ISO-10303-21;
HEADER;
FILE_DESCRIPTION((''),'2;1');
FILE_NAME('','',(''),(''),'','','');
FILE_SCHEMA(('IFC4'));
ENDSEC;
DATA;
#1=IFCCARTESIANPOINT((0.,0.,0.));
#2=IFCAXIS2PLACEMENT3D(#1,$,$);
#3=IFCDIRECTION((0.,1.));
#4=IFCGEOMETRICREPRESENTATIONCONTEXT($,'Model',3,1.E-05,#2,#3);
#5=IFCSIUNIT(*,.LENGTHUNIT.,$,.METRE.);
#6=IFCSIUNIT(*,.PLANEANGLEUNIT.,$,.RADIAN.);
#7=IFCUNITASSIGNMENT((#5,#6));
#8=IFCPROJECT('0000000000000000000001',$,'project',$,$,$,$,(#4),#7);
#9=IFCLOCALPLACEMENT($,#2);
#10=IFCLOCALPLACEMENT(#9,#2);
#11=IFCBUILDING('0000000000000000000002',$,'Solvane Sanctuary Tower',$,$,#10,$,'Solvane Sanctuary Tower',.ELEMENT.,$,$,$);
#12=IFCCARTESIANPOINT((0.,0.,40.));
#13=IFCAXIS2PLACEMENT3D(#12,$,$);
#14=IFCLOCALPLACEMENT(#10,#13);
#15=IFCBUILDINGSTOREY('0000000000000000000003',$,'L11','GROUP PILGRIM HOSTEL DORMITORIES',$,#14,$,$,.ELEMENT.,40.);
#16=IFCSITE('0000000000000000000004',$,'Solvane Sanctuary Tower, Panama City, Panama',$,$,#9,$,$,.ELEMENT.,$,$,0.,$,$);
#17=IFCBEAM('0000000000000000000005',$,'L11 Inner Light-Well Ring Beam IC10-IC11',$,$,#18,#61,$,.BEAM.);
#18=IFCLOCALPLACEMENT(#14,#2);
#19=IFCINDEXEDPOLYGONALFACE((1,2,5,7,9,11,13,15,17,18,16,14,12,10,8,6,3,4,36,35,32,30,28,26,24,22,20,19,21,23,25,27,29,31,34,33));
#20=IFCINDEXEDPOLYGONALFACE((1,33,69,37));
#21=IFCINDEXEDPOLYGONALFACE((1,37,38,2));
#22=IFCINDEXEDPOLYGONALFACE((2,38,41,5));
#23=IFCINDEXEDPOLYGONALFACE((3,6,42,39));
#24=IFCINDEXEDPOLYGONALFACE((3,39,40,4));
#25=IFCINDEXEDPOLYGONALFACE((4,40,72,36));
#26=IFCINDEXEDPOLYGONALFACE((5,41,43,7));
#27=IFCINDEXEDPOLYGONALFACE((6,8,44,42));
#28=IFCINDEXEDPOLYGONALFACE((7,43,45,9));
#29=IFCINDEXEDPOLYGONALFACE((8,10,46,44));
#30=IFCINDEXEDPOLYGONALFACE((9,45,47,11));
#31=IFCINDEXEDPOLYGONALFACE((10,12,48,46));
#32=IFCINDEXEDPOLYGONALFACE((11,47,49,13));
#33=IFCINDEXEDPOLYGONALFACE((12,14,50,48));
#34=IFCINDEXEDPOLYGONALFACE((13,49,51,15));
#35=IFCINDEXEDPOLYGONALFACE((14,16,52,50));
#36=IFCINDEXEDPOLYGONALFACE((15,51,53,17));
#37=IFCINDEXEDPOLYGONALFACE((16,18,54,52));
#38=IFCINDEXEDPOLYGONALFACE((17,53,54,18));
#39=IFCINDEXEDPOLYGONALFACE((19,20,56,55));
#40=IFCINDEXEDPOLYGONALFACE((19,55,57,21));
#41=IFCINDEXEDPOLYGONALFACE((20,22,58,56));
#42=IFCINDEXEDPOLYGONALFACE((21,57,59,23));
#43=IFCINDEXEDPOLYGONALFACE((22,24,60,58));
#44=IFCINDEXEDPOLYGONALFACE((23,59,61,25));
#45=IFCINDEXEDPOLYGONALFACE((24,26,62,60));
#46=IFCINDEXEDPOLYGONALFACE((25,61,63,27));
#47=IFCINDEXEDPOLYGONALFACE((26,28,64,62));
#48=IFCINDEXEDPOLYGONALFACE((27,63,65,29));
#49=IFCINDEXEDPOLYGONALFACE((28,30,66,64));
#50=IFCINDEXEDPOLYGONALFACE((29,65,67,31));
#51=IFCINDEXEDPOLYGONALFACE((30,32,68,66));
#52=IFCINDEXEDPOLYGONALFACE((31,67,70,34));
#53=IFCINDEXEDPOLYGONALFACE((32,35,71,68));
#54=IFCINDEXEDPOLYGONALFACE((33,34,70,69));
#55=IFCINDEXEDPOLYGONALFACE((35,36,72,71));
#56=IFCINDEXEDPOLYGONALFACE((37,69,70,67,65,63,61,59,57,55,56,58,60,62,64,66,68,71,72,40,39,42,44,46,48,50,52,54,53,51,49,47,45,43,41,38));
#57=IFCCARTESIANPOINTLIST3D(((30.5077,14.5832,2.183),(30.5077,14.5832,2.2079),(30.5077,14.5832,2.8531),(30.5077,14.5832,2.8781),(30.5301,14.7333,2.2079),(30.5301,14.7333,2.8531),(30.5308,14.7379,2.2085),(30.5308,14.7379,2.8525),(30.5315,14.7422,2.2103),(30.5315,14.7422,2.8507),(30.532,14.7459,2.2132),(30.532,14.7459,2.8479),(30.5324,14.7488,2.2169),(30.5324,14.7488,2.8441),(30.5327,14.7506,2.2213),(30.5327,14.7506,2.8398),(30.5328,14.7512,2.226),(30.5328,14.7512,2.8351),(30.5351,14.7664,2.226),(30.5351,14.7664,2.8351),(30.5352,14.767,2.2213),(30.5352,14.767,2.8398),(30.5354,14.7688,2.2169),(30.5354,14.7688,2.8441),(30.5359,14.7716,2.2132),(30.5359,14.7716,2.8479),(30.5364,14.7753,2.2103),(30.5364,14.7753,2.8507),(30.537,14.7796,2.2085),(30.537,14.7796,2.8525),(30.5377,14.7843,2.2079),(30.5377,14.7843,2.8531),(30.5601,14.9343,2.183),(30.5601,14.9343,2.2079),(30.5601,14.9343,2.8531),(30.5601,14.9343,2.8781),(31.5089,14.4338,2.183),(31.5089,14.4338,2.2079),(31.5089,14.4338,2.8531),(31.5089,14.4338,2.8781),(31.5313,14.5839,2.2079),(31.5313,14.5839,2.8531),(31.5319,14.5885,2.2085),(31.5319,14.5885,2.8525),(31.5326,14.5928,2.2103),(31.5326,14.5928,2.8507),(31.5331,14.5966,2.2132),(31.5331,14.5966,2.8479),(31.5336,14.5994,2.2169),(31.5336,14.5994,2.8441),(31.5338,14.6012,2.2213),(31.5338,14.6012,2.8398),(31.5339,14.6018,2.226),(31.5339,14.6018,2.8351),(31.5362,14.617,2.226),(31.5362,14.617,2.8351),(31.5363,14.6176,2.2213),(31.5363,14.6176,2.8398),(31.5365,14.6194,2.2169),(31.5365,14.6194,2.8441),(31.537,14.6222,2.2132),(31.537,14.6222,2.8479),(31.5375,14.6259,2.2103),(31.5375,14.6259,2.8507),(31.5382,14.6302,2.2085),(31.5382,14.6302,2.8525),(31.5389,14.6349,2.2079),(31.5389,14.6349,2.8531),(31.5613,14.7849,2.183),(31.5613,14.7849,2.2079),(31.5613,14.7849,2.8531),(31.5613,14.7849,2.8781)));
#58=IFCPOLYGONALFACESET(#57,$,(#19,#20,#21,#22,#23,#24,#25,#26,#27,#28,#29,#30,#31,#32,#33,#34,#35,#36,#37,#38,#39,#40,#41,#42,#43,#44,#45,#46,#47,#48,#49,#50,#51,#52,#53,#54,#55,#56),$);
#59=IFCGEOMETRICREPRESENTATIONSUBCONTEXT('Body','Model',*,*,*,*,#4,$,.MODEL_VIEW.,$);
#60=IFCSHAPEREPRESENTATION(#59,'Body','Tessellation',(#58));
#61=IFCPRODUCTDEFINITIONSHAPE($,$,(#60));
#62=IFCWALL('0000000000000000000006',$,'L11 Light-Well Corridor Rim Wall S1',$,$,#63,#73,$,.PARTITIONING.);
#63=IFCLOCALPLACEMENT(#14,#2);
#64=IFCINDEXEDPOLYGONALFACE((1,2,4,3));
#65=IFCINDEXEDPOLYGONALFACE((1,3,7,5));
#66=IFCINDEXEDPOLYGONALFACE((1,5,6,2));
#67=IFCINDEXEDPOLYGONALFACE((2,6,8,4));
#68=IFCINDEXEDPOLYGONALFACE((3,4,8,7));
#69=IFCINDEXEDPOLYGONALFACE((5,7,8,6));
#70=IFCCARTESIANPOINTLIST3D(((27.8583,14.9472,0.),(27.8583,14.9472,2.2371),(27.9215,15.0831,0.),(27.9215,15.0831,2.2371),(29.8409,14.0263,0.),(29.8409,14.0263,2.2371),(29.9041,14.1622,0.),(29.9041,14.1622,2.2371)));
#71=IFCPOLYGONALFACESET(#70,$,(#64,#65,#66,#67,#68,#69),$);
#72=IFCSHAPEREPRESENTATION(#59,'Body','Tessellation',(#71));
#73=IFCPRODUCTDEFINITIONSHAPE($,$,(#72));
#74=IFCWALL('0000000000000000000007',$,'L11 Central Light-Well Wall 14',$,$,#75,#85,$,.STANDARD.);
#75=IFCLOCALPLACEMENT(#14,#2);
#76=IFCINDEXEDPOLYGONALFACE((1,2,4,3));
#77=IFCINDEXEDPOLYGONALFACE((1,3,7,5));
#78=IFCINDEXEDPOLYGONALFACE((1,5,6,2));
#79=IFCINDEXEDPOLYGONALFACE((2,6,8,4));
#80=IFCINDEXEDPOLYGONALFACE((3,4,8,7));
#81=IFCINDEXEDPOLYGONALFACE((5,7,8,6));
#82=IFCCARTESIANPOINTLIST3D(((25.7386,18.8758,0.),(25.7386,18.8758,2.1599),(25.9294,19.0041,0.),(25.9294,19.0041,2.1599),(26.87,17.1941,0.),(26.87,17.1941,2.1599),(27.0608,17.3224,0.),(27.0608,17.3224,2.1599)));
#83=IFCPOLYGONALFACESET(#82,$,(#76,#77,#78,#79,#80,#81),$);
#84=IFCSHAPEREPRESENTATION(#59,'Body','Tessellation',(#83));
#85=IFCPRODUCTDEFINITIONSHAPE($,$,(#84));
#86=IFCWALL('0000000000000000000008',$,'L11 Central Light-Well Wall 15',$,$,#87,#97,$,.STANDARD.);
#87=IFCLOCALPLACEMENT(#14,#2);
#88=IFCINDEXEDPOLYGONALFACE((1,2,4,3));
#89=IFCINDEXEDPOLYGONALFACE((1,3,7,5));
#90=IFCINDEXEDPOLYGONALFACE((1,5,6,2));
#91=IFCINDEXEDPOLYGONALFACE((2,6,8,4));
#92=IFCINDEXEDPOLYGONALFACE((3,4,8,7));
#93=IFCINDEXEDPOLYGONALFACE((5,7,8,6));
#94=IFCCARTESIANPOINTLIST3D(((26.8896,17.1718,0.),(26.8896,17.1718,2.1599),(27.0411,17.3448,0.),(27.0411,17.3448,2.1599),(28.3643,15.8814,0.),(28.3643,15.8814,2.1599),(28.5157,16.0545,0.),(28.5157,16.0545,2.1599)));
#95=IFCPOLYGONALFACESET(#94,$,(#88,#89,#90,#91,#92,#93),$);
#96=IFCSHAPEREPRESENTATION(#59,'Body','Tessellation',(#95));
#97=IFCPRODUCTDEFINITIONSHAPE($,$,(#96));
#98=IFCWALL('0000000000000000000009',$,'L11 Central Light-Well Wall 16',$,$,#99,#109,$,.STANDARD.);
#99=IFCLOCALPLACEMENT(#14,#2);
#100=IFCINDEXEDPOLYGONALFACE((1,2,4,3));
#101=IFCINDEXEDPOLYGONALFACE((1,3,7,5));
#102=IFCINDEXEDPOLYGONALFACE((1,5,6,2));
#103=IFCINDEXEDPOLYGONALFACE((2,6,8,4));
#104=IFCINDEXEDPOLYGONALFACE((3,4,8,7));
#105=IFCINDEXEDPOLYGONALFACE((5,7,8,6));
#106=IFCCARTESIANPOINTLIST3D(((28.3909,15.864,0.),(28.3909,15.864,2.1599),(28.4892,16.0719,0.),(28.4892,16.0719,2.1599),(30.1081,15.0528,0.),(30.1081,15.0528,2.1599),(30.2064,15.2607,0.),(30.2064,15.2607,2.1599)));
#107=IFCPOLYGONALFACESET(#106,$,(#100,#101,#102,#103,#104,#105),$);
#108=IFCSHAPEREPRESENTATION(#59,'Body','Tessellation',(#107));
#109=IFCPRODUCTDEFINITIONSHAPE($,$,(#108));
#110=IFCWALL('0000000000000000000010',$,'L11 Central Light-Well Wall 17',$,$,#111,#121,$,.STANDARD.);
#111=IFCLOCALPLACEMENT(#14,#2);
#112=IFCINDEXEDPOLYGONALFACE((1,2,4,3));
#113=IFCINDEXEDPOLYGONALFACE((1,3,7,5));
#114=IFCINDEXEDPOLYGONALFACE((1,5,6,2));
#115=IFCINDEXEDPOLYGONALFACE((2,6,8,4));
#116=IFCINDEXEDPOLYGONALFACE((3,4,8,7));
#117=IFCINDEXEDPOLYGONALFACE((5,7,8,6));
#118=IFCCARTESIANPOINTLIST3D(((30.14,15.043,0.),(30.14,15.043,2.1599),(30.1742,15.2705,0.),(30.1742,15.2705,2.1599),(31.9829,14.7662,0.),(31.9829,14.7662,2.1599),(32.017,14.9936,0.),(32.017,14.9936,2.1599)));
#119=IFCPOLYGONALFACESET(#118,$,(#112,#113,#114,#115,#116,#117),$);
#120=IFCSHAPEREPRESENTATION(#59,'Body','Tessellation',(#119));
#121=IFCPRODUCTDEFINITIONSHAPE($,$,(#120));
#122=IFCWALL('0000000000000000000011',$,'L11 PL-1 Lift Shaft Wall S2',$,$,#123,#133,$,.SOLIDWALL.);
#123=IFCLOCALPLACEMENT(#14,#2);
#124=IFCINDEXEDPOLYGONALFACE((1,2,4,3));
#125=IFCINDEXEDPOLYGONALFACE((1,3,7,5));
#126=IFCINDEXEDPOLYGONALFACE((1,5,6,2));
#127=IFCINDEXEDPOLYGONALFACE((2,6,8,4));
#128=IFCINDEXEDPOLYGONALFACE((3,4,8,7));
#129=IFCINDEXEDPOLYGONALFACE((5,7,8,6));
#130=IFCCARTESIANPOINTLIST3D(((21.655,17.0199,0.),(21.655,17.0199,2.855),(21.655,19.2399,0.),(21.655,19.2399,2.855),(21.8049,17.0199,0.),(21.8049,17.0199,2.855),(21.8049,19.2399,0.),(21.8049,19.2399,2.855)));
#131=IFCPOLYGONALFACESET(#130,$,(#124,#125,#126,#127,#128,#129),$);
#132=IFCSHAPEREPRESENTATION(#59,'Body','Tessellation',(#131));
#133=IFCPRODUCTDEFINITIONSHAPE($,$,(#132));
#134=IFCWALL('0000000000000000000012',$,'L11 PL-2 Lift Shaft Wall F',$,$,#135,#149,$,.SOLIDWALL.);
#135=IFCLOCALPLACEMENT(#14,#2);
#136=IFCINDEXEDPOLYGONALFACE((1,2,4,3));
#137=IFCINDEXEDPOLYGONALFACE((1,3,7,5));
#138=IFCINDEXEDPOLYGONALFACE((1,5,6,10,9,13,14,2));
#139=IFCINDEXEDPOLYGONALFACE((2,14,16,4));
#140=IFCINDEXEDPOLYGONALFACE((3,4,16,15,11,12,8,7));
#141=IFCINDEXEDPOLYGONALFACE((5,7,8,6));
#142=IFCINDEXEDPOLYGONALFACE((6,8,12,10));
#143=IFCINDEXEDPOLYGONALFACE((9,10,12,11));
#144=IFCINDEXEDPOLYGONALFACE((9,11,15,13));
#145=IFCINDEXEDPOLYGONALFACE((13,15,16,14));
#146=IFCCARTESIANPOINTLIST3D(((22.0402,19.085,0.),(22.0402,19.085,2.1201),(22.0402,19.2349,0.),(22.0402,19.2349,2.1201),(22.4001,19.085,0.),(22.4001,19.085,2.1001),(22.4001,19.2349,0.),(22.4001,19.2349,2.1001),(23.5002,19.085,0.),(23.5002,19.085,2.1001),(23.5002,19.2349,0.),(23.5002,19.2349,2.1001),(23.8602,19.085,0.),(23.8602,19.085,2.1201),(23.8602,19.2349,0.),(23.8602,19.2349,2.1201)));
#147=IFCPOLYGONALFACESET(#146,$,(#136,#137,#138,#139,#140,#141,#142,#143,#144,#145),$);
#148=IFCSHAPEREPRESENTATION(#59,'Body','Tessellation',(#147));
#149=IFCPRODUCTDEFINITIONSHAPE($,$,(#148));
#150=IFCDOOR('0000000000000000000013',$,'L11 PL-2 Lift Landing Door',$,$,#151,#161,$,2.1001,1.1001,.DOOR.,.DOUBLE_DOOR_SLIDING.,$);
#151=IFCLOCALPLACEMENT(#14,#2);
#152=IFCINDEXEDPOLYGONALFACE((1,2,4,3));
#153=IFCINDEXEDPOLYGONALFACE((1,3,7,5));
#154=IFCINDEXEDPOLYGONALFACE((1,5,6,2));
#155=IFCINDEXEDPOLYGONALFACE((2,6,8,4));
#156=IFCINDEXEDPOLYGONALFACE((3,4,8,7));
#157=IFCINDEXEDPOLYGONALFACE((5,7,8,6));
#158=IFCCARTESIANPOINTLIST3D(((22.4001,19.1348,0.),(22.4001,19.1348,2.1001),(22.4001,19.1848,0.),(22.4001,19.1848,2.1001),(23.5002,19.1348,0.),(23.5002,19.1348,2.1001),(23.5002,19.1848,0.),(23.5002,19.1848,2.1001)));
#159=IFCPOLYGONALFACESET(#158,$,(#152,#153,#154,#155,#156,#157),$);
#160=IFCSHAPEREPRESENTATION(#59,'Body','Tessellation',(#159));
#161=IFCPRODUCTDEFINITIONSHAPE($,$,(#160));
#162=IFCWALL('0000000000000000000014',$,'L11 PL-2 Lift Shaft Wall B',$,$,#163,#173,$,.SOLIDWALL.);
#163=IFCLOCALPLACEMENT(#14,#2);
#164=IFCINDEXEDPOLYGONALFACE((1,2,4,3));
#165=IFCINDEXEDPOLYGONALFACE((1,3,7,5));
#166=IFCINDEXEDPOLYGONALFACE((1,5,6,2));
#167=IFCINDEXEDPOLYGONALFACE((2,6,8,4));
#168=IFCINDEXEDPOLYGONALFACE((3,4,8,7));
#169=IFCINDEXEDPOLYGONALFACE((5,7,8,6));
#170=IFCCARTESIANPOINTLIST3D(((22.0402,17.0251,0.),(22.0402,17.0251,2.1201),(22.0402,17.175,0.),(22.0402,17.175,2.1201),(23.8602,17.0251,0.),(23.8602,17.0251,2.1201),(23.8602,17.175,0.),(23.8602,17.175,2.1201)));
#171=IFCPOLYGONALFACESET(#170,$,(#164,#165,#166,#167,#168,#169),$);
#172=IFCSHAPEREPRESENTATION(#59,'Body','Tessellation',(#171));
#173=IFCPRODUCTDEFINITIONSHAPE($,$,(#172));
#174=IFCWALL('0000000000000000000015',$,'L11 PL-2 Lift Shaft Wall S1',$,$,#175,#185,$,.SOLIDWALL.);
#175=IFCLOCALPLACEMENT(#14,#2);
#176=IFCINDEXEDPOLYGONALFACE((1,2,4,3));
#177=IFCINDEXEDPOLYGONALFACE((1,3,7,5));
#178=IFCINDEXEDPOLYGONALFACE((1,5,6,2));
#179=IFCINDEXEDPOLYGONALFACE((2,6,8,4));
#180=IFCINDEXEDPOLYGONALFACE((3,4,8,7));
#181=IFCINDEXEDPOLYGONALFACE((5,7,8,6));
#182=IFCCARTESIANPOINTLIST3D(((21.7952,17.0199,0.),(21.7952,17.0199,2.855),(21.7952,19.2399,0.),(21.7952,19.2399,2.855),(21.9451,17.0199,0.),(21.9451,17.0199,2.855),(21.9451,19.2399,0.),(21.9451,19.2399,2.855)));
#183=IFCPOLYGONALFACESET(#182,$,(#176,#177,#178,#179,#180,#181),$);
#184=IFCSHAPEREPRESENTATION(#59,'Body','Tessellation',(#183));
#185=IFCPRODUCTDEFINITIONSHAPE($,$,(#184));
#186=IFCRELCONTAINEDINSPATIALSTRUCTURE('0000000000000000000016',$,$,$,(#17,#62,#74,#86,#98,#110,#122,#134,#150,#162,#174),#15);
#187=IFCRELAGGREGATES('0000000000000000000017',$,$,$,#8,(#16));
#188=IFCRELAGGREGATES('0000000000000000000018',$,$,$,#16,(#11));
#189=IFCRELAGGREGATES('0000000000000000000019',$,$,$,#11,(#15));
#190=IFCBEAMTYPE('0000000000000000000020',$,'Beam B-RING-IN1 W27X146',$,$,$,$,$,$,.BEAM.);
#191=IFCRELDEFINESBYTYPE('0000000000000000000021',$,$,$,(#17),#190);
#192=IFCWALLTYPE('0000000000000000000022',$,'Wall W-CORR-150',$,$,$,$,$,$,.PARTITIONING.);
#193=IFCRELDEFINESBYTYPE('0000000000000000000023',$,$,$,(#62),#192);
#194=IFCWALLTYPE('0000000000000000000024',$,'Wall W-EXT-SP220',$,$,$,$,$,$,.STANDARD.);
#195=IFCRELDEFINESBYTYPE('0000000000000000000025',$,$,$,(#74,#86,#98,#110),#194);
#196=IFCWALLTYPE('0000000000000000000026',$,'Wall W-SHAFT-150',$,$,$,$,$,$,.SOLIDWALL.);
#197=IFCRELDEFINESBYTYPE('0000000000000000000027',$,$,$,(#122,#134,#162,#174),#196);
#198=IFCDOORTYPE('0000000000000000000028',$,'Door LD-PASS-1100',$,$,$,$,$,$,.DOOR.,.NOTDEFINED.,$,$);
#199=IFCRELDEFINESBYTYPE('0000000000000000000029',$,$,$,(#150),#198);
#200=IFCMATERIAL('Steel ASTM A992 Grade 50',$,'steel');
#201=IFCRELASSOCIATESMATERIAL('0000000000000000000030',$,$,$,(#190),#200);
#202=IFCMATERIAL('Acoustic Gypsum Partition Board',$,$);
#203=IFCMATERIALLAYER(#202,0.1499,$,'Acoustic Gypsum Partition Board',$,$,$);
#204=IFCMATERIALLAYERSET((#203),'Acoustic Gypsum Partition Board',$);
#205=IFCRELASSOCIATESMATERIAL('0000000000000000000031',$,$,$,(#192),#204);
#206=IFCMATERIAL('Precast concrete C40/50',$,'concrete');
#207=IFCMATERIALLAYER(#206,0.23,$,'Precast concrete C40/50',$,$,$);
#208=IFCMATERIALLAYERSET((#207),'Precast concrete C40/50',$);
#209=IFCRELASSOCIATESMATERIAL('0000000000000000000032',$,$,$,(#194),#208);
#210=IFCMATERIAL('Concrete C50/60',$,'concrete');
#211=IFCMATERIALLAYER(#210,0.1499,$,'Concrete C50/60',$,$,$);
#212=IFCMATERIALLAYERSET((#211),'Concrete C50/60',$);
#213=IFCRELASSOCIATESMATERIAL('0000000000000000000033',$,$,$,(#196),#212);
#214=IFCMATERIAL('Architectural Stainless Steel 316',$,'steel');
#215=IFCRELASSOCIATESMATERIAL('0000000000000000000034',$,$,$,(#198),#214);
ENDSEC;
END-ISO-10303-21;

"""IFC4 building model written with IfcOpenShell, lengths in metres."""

from ifc_helpers import new_model, si_unit, direction, frame, frame_2d, origin, origin_2d, place, context, subcontext, project, spatial, rectangle, i_section, extrude, material, layer, layer_set, material_profile, profile_set, type_object, element, fill, save


model = new_model("IFC4")

# Units and contexts
model_context = context("Model", 3, precision=1e-05, world=origin(), true_north=direction((0.0, 1.0)))
body_context = subcontext(model_context, "Body", "Model", "MODEL_VIEW")
ifc_project = project(units=[si_unit("LENGTHUNIT", "METRE"), si_unit("PLANEANGLEUNIT", "RADIAN")], contexts=[model_context])

# Site, building, storey
site_placement = place(None, origin())
site = spatial("IfcSite", under=ifc_project, at=site_placement, Name="Solvane Sanctuary Tower, Panama City, Panama", CompositionType="ELEMENT", RefElevation=0.0)
building_placement = place(site_placement, origin())
building = spatial("IfcBuilding", under=site, at=building_placement, Name="Solvane Sanctuary Tower", LongName="Solvane Sanctuary Tower", CompositionType="ELEMENT")
storey_placement = place(building_placement, frame((0.0, 0.0, 40.0)))
storey = spatial("IfcBuildingStorey", under=building, at=storey_placement, Name="L11", Description="GROUP PILGRIM HOSTEL DORMITORIES", CompositionType="ELEMENT", Elevation=40.0)

# Beam
ifc_material_1 = material(Name="Steel ASTM A992 Grade 50", Category="steel")
ifc_material_profile_1 = material_profile(ifc_material_1, i_section(OverallWidth=0.355, OverallDepth=0.6951, WebThickness=0.0154, FlangeThickness=0.0249, FilletRadius=0.0181, at=origin_2d()), Name="W27X146")
ifc_profile_set_1 = profile_set([ifc_material_profile_1], Name="Steel ASTM A992 Grade 50")
beam_type_1 = type_object("IfcBeamType", Name="Beam B-RING-IN1 W27X146", PredefinedType="BEAM", material=ifc_profile_set_1)
beam_1_placement = place(storey_placement, frame((30.5339, 14.7588, 2.5305), z_axis=(0.989048, -0.147597, 0.0), x_axis=(0.147597, 0.989048, 0.0)))
element("IfcBeam", 1, at=beam_1_placement, inside=storey, type_object=beam_type_1, Name="L11 Inner Light-Well Ring Beam IC10-IC11", PredefinedType="BEAM", context=body_context, shape_type="SweptSolid", body=[
    extrude(i_section(OverallWidth=0.355, OverallDepth=0.6951, WebThickness=0.0154, FlangeThickness=0.0249, FilletRadius=0.0181, at=origin_2d()), origin(), (0.0, 0.0, 1.0), 1.0122),
])

# Walls
ifc_material_2 = material(Name="Acoustic Gypsum Partition Board")
ifc_layer_1 = layer(ifc_material_2, 0.1499, Name="Acoustic Gypsum Partition Board")
ifc_layer_set_1 = layer_set([ifc_layer_1], Name="Acoustic Gypsum Partition Board")
wall_type_1 = type_object("IfcWallType", Name="Wall W-CORR-150", PredefinedType="PARTITIONING", material=ifc_layer_set_1)
wall_1_placement = place(storey_placement, frame((27.8899, 15.0151, 0.0), z_axis=(0.0, 0.0, 1.0), x_axis=(0.906943, -0.421252, 0.0)))
element("IfcWall", 2, at=wall_1_placement, inside=storey, type_object=wall_type_1, Name="L11 Light-Well Corridor Rim Wall S1", PredefinedType="PARTITIONING", context=body_context, shape_type="SweptSolid", body=[
    extrude(rectangle(XDim=2.186, YDim=0.1499, at=frame_2d((1.093, 0.0))), origin(), (0.0, 0.0, 1.0), 2.2371),
])
ifc_material_3 = material(Name="Precast concrete C40/50", Category="concrete")
ifc_layer_2 = layer(ifc_material_3, 0.23, Name="Precast concrete C40/50")
ifc_layer_set_2 = layer_set([ifc_layer_2], Name="Precast concrete C40/50")
wall_type_2 = type_object("IfcWallType", Name="Wall W-EXT-SP220", PredefinedType="STANDARD", material=ifc_layer_set_2)
wall_2_placement = place(storey_placement, frame((25.834, 18.9399, 0.0), z_axis=(0.0, 0.0, 1.0), x_axis=(0.558198, -0.829708, 0.0)))
element("IfcWall", 3, at=wall_2_placement, inside=storey, type_object=wall_type_2, Name="L11 Central Light-Well Wall 14", PredefinedType="STANDARD", context=body_context, shape_type="SweptSolid", body=[
    extrude(rectangle(XDim=2.0269, YDim=0.23, at=frame_2d((1.0134, 0.0))), origin(), (0.0, 0.0, 1.0), 2.1599),
])
wall_3_placement = place(storey_placement, frame((26.9653, 17.2583, 0.0), z_axis=(0.0, 0.0, 1.0), x_axis=(0.752577, -0.658505, 0.0)))
element("IfcWall", 4, at=wall_3_placement, inside=storey, type_object=wall_type_2, Name="L11 Central Light-Well Wall 15", PredefinedType="STANDARD", context=body_context, shape_type="SweptSolid", body=[
    extrude(rectangle(XDim=1.9595, YDim=0.23, at=frame_2d((0.9797, 0.0))), origin(), (0.0, 0.0, 1.0), 2.1599),
])
wall_4_placement = place(storey_placement, frame((28.4399, 15.968, 0.0), z_axis=(0.0, 0.0, 1.0), x_axis=(0.90418, -0.427152, 0.0)))
element("IfcWall", 5, at=wall_4_placement, inside=storey, type_object=wall_type_2, Name="L11 Central Light-Well Wall 16", PredefinedType="STANDARD", context=body_context, shape_type="SweptSolid", body=[
    extrude(rectangle(XDim=1.8992, YDim=0.23, at=frame_2d((0.9497, 0.0))), origin(), (0.0, 0.0, 1.0), 2.1599),
])
wall_5_placement = place(storey_placement, frame((30.1572, 15.1567, 0.0), z_axis=(0.0, 0.0, 1.0), x_axis=(0.988902, -0.148571, 0.0)))
element("IfcWall", 6, at=wall_5_placement, inside=storey, type_object=wall_type_2, Name="L11 Central Light-Well Wall 17", PredefinedType="STANDARD", context=body_context, shape_type="SweptSolid", body=[
    extrude(rectangle(XDim=1.8635, YDim=0.23, at=frame_2d((0.9316, 0.0))), origin(), (0.0, 0.0, 1.0), 2.1599),
])
ifc_material_4 = material(Name="Concrete C50/60", Category="concrete")
ifc_layer_3 = layer(ifc_material_4, 0.1499, Name="Concrete C50/60")
ifc_layer_set_3 = layer_set([ifc_layer_3], Name="Concrete C50/60")
wall_type_3 = type_object("IfcWallType", Name="Wall W-SHAFT-150", PredefinedType="SOLIDWALL", material=ifc_layer_set_3)
wall_6_placement = place(storey_placement, frame((21.73, 17.02, 0.0), z_axis=(0.0, 0.0, 1.0), x_axis=(0.0, 1.0, 0.0)))
element("IfcWall", 7, at=wall_6_placement, inside=storey, type_object=wall_type_3, Name="L11 PL-1 Lift Shaft Wall S2", PredefinedType="SOLIDWALL", context=body_context, shape_type="SweptSolid", body=[
    extrude(rectangle(XDim=2.22, YDim=0.1499, at=frame_2d((1.1099, 0.0))), origin(), (0.0, 0.0, 1.0), 2.855),
])

# Wall, opening, door
wall_7_placement = place(storey_placement, frame((22.04, 19.1599, 0.0), z_axis=(0.0, 0.0, 1.0), x_axis=(1.0, 0.0, 0.0)))
wall_7 = element("IfcWall", 8, at=wall_7_placement, inside=storey, type_object=wall_type_3, Name="L11 PL-2 Lift Shaft Wall F", PredefinedType="SOLIDWALL", context=body_context, shape_type="SweptSolid", body=[
    extrude(rectangle(XDim=1.8201, YDim=0.1499, at=frame_2d((0.9102, 0.0))), origin(), (0.0, 0.0, 1.0), 2.1201),
])
opening_placement = place(wall_7_placement, frame((0.3601, 0.0, 0.0)))
opening = element("IfcOpeningElement", 9, at=opening_placement, cuts=wall_7, PredefinedType="OPENING", context=body_context, shape_type="SweptSolid", body=[
    extrude(rectangle(XDim=1.1001, YDim=2.1001, at=frame_2d((0.55, 1.05))), frame((0.0, 0.085, 0.0), z_axis=(0.0, -1.0, 0.0), x_axis=(1.0, 0.0, 0.0)), (0.0, 0.0, 1.0), 0.1699),
])
ifc_material_5 = material(Name="Architectural Stainless Steel 316", Category="steel")
door_type = type_object("IfcDoorType", Name="Door LD-PASS-1100", OperationType="NOTDEFINED", PredefinedType="DOOR", material=ifc_material_5)
door_placement = place(opening_placement, origin())
door = element("IfcDoor", 10, at=door_placement, inside=storey, type_object=door_type, Name="L11 PL-2 Lift Landing Door", OperationType="DOUBLE_DOOR_SLIDING", OverallHeight=2.1001, OverallWidth=1.1001, PredefinedType="DOOR", context=body_context, shape_type="SweptSolid", body=[
    extrude(rectangle(XDim=1.1001, YDim=2.1001, at=frame_2d((0.55, 1.05))), frame((0.0, 0.0249, 0.0), z_axis=(0.0, -1.0, 0.0), x_axis=(1.0, 0.0, 0.0)), (0.0, 0.0, 1.0), 0.05),
])
fill(opening, door)

# Walls
wall_8_placement = place(storey_placement, frame((22.04, 17.1001, 0.0), z_axis=(0.0, 0.0, 1.0), x_axis=(1.0, 0.0, 0.0)))
element("IfcWall", 11, at=wall_8_placement, inside=storey, type_object=wall_type_3, Name="L11 PL-2 Lift Shaft Wall B", PredefinedType="SOLIDWALL", context=body_context, shape_type="SweptSolid", body=[
    extrude(rectangle(XDim=1.8201, YDim=0.1499, at=frame_2d((0.9102, 0.0))), origin(), (0.0, 0.0, 1.0), 2.1201),
])
wall_9_placement = place(storey_placement, frame((21.8701, 17.02, 0.0), z_axis=(0.0, 0.0, 1.0), x_axis=(0.0, 1.0, 0.0)))
element("IfcWall", 12, at=wall_9_placement, inside=storey, type_object=wall_type_3, Name="L11 PL-2 Lift Shaft Wall S1", PredefinedType="SOLIDWALL", context=body_context, shape_type="SweptSolid", body=[
    extrude(rectangle(XDim=2.22, YDim=0.1499, at=frame_2d((1.1099, 0.0))), origin(), (0.0, 0.0, 1.0), 2.855),
])

save(model, "model.ifc")
